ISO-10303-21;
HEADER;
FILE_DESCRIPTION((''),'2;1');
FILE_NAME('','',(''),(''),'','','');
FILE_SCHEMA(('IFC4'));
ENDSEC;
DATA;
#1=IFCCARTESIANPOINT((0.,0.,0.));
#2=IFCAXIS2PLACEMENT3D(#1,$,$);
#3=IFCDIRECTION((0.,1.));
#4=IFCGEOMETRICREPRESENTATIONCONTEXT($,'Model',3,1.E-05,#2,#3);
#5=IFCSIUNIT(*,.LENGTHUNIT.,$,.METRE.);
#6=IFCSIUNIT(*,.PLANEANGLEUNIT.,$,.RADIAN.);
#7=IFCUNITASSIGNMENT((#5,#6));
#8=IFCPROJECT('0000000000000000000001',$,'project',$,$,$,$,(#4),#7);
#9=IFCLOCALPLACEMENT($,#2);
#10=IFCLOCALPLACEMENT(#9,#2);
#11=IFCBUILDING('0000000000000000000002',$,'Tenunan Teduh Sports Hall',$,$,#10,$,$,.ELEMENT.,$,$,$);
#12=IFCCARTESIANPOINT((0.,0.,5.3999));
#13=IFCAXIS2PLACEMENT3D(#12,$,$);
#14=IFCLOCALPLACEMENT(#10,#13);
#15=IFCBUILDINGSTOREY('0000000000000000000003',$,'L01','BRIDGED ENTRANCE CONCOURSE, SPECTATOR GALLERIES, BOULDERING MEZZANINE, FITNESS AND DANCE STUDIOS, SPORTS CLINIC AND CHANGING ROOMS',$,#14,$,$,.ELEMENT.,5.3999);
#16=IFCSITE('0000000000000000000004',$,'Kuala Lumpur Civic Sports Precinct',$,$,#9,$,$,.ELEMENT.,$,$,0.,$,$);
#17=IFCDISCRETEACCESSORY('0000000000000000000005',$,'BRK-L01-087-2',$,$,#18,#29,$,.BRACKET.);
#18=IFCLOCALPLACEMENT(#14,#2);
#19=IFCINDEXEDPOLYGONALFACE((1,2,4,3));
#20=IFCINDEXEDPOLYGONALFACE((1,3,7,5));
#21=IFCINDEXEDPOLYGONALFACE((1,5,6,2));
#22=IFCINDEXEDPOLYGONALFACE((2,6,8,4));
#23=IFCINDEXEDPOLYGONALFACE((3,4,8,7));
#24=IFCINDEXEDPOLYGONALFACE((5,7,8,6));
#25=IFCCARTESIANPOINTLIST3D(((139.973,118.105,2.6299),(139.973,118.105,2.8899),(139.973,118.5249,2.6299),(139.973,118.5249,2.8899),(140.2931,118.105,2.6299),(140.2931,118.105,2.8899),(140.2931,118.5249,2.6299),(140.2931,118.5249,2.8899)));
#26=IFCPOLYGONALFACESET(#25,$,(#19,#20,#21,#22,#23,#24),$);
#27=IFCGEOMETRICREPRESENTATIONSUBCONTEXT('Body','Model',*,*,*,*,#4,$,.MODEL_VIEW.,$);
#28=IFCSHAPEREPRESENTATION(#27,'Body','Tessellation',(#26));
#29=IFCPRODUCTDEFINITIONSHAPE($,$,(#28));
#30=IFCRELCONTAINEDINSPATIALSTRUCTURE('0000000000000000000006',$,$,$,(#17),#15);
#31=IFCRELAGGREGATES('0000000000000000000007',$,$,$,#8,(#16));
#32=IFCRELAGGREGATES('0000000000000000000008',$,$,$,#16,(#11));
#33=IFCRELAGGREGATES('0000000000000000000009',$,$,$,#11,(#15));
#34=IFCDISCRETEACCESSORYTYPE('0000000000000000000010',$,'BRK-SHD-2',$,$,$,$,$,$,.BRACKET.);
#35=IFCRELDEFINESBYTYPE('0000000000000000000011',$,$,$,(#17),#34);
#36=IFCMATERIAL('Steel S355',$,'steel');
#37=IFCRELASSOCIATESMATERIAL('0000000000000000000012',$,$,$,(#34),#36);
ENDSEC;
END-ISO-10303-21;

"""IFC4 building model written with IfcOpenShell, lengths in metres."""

from ifc_helpers import new_model, si_unit, direction, frame, origin, origin_2d, place, context, subcontext, project, spatial, rectangle, extrude, material, type_object, element, save


model = new_model("IFC4")

# Units and contexts
model_context = context("Model", 3, precision=1e-05, world=origin(), true_north=direction((0.0, 1.0)))
body_context = subcontext(model_context, "Body", "Model", "MODEL_VIEW")
ifc_project = project(units=[si_unit("LENGTHUNIT", "METRE"), si_unit("PLANEANGLEUNIT", "RADIAN")], contexts=[model_context])

# Site, building, storey
site_placement = place(None, origin())
site = spatial("IfcSite", under=ifc_project, at=site_placement, Name="Kuala Lumpur Civic Sports Precinct", CompositionType="ELEMENT", RefElevation=0.0)
building_placement = place(site_placement, origin())
building = spatial("IfcBuilding", under=site, at=building_placement, Name="Tenunan Teduh Sports Hall", CompositionType="ELEMENT")
storey_placement = place(building_placement, frame((0.0, 0.0, 5.3999)))
storey = spatial("IfcBuildingStorey", under=building, at=storey_placement, Name="L01", Description="BRIDGED ENTRANCE CONCOURSE, SPECTATOR GALLERIES, BOULDERING MEZZANINE, FITNESS AND DANCE STUDIOS, SPORTS CLINIC AND CHANGING ROOMS", CompositionType="ELEMENT", Elevation=5.3999)

# Discrete accessory
ifc_material_1 = material(Name="Steel S355", Category="steel")
discrete_accessory_type = type_object("IfcDiscreteAccessoryType", Name="BRK-SHD-2", PredefinedType="BRACKET", material=ifc_material_1)
for number, where, z_axis, x_axis, name in (
    (1, (140.1331, 118.3149, 2.6299), (0.0, 0.0, 1.0), (1.0, 0.0, 0.0), "BRK-L01-087-2"),
):
    element("IfcDiscreteAccessory", number, at=place(storey_placement, frame(where, z_axis=z_axis, x_axis=x_axis)), inside=storey, type_object=discrete_accessory_type, Name=name, PredefinedType="BRACKET", context=body_context, shape_type="SweptSolid", body=[
        extrude(rectangle(XDim=0.3201, YDim=0.4199, at=origin_2d()), origin(), (0.0, 0.0, 1.0), 0.26),
    ])

save(model, "model.ifc")
